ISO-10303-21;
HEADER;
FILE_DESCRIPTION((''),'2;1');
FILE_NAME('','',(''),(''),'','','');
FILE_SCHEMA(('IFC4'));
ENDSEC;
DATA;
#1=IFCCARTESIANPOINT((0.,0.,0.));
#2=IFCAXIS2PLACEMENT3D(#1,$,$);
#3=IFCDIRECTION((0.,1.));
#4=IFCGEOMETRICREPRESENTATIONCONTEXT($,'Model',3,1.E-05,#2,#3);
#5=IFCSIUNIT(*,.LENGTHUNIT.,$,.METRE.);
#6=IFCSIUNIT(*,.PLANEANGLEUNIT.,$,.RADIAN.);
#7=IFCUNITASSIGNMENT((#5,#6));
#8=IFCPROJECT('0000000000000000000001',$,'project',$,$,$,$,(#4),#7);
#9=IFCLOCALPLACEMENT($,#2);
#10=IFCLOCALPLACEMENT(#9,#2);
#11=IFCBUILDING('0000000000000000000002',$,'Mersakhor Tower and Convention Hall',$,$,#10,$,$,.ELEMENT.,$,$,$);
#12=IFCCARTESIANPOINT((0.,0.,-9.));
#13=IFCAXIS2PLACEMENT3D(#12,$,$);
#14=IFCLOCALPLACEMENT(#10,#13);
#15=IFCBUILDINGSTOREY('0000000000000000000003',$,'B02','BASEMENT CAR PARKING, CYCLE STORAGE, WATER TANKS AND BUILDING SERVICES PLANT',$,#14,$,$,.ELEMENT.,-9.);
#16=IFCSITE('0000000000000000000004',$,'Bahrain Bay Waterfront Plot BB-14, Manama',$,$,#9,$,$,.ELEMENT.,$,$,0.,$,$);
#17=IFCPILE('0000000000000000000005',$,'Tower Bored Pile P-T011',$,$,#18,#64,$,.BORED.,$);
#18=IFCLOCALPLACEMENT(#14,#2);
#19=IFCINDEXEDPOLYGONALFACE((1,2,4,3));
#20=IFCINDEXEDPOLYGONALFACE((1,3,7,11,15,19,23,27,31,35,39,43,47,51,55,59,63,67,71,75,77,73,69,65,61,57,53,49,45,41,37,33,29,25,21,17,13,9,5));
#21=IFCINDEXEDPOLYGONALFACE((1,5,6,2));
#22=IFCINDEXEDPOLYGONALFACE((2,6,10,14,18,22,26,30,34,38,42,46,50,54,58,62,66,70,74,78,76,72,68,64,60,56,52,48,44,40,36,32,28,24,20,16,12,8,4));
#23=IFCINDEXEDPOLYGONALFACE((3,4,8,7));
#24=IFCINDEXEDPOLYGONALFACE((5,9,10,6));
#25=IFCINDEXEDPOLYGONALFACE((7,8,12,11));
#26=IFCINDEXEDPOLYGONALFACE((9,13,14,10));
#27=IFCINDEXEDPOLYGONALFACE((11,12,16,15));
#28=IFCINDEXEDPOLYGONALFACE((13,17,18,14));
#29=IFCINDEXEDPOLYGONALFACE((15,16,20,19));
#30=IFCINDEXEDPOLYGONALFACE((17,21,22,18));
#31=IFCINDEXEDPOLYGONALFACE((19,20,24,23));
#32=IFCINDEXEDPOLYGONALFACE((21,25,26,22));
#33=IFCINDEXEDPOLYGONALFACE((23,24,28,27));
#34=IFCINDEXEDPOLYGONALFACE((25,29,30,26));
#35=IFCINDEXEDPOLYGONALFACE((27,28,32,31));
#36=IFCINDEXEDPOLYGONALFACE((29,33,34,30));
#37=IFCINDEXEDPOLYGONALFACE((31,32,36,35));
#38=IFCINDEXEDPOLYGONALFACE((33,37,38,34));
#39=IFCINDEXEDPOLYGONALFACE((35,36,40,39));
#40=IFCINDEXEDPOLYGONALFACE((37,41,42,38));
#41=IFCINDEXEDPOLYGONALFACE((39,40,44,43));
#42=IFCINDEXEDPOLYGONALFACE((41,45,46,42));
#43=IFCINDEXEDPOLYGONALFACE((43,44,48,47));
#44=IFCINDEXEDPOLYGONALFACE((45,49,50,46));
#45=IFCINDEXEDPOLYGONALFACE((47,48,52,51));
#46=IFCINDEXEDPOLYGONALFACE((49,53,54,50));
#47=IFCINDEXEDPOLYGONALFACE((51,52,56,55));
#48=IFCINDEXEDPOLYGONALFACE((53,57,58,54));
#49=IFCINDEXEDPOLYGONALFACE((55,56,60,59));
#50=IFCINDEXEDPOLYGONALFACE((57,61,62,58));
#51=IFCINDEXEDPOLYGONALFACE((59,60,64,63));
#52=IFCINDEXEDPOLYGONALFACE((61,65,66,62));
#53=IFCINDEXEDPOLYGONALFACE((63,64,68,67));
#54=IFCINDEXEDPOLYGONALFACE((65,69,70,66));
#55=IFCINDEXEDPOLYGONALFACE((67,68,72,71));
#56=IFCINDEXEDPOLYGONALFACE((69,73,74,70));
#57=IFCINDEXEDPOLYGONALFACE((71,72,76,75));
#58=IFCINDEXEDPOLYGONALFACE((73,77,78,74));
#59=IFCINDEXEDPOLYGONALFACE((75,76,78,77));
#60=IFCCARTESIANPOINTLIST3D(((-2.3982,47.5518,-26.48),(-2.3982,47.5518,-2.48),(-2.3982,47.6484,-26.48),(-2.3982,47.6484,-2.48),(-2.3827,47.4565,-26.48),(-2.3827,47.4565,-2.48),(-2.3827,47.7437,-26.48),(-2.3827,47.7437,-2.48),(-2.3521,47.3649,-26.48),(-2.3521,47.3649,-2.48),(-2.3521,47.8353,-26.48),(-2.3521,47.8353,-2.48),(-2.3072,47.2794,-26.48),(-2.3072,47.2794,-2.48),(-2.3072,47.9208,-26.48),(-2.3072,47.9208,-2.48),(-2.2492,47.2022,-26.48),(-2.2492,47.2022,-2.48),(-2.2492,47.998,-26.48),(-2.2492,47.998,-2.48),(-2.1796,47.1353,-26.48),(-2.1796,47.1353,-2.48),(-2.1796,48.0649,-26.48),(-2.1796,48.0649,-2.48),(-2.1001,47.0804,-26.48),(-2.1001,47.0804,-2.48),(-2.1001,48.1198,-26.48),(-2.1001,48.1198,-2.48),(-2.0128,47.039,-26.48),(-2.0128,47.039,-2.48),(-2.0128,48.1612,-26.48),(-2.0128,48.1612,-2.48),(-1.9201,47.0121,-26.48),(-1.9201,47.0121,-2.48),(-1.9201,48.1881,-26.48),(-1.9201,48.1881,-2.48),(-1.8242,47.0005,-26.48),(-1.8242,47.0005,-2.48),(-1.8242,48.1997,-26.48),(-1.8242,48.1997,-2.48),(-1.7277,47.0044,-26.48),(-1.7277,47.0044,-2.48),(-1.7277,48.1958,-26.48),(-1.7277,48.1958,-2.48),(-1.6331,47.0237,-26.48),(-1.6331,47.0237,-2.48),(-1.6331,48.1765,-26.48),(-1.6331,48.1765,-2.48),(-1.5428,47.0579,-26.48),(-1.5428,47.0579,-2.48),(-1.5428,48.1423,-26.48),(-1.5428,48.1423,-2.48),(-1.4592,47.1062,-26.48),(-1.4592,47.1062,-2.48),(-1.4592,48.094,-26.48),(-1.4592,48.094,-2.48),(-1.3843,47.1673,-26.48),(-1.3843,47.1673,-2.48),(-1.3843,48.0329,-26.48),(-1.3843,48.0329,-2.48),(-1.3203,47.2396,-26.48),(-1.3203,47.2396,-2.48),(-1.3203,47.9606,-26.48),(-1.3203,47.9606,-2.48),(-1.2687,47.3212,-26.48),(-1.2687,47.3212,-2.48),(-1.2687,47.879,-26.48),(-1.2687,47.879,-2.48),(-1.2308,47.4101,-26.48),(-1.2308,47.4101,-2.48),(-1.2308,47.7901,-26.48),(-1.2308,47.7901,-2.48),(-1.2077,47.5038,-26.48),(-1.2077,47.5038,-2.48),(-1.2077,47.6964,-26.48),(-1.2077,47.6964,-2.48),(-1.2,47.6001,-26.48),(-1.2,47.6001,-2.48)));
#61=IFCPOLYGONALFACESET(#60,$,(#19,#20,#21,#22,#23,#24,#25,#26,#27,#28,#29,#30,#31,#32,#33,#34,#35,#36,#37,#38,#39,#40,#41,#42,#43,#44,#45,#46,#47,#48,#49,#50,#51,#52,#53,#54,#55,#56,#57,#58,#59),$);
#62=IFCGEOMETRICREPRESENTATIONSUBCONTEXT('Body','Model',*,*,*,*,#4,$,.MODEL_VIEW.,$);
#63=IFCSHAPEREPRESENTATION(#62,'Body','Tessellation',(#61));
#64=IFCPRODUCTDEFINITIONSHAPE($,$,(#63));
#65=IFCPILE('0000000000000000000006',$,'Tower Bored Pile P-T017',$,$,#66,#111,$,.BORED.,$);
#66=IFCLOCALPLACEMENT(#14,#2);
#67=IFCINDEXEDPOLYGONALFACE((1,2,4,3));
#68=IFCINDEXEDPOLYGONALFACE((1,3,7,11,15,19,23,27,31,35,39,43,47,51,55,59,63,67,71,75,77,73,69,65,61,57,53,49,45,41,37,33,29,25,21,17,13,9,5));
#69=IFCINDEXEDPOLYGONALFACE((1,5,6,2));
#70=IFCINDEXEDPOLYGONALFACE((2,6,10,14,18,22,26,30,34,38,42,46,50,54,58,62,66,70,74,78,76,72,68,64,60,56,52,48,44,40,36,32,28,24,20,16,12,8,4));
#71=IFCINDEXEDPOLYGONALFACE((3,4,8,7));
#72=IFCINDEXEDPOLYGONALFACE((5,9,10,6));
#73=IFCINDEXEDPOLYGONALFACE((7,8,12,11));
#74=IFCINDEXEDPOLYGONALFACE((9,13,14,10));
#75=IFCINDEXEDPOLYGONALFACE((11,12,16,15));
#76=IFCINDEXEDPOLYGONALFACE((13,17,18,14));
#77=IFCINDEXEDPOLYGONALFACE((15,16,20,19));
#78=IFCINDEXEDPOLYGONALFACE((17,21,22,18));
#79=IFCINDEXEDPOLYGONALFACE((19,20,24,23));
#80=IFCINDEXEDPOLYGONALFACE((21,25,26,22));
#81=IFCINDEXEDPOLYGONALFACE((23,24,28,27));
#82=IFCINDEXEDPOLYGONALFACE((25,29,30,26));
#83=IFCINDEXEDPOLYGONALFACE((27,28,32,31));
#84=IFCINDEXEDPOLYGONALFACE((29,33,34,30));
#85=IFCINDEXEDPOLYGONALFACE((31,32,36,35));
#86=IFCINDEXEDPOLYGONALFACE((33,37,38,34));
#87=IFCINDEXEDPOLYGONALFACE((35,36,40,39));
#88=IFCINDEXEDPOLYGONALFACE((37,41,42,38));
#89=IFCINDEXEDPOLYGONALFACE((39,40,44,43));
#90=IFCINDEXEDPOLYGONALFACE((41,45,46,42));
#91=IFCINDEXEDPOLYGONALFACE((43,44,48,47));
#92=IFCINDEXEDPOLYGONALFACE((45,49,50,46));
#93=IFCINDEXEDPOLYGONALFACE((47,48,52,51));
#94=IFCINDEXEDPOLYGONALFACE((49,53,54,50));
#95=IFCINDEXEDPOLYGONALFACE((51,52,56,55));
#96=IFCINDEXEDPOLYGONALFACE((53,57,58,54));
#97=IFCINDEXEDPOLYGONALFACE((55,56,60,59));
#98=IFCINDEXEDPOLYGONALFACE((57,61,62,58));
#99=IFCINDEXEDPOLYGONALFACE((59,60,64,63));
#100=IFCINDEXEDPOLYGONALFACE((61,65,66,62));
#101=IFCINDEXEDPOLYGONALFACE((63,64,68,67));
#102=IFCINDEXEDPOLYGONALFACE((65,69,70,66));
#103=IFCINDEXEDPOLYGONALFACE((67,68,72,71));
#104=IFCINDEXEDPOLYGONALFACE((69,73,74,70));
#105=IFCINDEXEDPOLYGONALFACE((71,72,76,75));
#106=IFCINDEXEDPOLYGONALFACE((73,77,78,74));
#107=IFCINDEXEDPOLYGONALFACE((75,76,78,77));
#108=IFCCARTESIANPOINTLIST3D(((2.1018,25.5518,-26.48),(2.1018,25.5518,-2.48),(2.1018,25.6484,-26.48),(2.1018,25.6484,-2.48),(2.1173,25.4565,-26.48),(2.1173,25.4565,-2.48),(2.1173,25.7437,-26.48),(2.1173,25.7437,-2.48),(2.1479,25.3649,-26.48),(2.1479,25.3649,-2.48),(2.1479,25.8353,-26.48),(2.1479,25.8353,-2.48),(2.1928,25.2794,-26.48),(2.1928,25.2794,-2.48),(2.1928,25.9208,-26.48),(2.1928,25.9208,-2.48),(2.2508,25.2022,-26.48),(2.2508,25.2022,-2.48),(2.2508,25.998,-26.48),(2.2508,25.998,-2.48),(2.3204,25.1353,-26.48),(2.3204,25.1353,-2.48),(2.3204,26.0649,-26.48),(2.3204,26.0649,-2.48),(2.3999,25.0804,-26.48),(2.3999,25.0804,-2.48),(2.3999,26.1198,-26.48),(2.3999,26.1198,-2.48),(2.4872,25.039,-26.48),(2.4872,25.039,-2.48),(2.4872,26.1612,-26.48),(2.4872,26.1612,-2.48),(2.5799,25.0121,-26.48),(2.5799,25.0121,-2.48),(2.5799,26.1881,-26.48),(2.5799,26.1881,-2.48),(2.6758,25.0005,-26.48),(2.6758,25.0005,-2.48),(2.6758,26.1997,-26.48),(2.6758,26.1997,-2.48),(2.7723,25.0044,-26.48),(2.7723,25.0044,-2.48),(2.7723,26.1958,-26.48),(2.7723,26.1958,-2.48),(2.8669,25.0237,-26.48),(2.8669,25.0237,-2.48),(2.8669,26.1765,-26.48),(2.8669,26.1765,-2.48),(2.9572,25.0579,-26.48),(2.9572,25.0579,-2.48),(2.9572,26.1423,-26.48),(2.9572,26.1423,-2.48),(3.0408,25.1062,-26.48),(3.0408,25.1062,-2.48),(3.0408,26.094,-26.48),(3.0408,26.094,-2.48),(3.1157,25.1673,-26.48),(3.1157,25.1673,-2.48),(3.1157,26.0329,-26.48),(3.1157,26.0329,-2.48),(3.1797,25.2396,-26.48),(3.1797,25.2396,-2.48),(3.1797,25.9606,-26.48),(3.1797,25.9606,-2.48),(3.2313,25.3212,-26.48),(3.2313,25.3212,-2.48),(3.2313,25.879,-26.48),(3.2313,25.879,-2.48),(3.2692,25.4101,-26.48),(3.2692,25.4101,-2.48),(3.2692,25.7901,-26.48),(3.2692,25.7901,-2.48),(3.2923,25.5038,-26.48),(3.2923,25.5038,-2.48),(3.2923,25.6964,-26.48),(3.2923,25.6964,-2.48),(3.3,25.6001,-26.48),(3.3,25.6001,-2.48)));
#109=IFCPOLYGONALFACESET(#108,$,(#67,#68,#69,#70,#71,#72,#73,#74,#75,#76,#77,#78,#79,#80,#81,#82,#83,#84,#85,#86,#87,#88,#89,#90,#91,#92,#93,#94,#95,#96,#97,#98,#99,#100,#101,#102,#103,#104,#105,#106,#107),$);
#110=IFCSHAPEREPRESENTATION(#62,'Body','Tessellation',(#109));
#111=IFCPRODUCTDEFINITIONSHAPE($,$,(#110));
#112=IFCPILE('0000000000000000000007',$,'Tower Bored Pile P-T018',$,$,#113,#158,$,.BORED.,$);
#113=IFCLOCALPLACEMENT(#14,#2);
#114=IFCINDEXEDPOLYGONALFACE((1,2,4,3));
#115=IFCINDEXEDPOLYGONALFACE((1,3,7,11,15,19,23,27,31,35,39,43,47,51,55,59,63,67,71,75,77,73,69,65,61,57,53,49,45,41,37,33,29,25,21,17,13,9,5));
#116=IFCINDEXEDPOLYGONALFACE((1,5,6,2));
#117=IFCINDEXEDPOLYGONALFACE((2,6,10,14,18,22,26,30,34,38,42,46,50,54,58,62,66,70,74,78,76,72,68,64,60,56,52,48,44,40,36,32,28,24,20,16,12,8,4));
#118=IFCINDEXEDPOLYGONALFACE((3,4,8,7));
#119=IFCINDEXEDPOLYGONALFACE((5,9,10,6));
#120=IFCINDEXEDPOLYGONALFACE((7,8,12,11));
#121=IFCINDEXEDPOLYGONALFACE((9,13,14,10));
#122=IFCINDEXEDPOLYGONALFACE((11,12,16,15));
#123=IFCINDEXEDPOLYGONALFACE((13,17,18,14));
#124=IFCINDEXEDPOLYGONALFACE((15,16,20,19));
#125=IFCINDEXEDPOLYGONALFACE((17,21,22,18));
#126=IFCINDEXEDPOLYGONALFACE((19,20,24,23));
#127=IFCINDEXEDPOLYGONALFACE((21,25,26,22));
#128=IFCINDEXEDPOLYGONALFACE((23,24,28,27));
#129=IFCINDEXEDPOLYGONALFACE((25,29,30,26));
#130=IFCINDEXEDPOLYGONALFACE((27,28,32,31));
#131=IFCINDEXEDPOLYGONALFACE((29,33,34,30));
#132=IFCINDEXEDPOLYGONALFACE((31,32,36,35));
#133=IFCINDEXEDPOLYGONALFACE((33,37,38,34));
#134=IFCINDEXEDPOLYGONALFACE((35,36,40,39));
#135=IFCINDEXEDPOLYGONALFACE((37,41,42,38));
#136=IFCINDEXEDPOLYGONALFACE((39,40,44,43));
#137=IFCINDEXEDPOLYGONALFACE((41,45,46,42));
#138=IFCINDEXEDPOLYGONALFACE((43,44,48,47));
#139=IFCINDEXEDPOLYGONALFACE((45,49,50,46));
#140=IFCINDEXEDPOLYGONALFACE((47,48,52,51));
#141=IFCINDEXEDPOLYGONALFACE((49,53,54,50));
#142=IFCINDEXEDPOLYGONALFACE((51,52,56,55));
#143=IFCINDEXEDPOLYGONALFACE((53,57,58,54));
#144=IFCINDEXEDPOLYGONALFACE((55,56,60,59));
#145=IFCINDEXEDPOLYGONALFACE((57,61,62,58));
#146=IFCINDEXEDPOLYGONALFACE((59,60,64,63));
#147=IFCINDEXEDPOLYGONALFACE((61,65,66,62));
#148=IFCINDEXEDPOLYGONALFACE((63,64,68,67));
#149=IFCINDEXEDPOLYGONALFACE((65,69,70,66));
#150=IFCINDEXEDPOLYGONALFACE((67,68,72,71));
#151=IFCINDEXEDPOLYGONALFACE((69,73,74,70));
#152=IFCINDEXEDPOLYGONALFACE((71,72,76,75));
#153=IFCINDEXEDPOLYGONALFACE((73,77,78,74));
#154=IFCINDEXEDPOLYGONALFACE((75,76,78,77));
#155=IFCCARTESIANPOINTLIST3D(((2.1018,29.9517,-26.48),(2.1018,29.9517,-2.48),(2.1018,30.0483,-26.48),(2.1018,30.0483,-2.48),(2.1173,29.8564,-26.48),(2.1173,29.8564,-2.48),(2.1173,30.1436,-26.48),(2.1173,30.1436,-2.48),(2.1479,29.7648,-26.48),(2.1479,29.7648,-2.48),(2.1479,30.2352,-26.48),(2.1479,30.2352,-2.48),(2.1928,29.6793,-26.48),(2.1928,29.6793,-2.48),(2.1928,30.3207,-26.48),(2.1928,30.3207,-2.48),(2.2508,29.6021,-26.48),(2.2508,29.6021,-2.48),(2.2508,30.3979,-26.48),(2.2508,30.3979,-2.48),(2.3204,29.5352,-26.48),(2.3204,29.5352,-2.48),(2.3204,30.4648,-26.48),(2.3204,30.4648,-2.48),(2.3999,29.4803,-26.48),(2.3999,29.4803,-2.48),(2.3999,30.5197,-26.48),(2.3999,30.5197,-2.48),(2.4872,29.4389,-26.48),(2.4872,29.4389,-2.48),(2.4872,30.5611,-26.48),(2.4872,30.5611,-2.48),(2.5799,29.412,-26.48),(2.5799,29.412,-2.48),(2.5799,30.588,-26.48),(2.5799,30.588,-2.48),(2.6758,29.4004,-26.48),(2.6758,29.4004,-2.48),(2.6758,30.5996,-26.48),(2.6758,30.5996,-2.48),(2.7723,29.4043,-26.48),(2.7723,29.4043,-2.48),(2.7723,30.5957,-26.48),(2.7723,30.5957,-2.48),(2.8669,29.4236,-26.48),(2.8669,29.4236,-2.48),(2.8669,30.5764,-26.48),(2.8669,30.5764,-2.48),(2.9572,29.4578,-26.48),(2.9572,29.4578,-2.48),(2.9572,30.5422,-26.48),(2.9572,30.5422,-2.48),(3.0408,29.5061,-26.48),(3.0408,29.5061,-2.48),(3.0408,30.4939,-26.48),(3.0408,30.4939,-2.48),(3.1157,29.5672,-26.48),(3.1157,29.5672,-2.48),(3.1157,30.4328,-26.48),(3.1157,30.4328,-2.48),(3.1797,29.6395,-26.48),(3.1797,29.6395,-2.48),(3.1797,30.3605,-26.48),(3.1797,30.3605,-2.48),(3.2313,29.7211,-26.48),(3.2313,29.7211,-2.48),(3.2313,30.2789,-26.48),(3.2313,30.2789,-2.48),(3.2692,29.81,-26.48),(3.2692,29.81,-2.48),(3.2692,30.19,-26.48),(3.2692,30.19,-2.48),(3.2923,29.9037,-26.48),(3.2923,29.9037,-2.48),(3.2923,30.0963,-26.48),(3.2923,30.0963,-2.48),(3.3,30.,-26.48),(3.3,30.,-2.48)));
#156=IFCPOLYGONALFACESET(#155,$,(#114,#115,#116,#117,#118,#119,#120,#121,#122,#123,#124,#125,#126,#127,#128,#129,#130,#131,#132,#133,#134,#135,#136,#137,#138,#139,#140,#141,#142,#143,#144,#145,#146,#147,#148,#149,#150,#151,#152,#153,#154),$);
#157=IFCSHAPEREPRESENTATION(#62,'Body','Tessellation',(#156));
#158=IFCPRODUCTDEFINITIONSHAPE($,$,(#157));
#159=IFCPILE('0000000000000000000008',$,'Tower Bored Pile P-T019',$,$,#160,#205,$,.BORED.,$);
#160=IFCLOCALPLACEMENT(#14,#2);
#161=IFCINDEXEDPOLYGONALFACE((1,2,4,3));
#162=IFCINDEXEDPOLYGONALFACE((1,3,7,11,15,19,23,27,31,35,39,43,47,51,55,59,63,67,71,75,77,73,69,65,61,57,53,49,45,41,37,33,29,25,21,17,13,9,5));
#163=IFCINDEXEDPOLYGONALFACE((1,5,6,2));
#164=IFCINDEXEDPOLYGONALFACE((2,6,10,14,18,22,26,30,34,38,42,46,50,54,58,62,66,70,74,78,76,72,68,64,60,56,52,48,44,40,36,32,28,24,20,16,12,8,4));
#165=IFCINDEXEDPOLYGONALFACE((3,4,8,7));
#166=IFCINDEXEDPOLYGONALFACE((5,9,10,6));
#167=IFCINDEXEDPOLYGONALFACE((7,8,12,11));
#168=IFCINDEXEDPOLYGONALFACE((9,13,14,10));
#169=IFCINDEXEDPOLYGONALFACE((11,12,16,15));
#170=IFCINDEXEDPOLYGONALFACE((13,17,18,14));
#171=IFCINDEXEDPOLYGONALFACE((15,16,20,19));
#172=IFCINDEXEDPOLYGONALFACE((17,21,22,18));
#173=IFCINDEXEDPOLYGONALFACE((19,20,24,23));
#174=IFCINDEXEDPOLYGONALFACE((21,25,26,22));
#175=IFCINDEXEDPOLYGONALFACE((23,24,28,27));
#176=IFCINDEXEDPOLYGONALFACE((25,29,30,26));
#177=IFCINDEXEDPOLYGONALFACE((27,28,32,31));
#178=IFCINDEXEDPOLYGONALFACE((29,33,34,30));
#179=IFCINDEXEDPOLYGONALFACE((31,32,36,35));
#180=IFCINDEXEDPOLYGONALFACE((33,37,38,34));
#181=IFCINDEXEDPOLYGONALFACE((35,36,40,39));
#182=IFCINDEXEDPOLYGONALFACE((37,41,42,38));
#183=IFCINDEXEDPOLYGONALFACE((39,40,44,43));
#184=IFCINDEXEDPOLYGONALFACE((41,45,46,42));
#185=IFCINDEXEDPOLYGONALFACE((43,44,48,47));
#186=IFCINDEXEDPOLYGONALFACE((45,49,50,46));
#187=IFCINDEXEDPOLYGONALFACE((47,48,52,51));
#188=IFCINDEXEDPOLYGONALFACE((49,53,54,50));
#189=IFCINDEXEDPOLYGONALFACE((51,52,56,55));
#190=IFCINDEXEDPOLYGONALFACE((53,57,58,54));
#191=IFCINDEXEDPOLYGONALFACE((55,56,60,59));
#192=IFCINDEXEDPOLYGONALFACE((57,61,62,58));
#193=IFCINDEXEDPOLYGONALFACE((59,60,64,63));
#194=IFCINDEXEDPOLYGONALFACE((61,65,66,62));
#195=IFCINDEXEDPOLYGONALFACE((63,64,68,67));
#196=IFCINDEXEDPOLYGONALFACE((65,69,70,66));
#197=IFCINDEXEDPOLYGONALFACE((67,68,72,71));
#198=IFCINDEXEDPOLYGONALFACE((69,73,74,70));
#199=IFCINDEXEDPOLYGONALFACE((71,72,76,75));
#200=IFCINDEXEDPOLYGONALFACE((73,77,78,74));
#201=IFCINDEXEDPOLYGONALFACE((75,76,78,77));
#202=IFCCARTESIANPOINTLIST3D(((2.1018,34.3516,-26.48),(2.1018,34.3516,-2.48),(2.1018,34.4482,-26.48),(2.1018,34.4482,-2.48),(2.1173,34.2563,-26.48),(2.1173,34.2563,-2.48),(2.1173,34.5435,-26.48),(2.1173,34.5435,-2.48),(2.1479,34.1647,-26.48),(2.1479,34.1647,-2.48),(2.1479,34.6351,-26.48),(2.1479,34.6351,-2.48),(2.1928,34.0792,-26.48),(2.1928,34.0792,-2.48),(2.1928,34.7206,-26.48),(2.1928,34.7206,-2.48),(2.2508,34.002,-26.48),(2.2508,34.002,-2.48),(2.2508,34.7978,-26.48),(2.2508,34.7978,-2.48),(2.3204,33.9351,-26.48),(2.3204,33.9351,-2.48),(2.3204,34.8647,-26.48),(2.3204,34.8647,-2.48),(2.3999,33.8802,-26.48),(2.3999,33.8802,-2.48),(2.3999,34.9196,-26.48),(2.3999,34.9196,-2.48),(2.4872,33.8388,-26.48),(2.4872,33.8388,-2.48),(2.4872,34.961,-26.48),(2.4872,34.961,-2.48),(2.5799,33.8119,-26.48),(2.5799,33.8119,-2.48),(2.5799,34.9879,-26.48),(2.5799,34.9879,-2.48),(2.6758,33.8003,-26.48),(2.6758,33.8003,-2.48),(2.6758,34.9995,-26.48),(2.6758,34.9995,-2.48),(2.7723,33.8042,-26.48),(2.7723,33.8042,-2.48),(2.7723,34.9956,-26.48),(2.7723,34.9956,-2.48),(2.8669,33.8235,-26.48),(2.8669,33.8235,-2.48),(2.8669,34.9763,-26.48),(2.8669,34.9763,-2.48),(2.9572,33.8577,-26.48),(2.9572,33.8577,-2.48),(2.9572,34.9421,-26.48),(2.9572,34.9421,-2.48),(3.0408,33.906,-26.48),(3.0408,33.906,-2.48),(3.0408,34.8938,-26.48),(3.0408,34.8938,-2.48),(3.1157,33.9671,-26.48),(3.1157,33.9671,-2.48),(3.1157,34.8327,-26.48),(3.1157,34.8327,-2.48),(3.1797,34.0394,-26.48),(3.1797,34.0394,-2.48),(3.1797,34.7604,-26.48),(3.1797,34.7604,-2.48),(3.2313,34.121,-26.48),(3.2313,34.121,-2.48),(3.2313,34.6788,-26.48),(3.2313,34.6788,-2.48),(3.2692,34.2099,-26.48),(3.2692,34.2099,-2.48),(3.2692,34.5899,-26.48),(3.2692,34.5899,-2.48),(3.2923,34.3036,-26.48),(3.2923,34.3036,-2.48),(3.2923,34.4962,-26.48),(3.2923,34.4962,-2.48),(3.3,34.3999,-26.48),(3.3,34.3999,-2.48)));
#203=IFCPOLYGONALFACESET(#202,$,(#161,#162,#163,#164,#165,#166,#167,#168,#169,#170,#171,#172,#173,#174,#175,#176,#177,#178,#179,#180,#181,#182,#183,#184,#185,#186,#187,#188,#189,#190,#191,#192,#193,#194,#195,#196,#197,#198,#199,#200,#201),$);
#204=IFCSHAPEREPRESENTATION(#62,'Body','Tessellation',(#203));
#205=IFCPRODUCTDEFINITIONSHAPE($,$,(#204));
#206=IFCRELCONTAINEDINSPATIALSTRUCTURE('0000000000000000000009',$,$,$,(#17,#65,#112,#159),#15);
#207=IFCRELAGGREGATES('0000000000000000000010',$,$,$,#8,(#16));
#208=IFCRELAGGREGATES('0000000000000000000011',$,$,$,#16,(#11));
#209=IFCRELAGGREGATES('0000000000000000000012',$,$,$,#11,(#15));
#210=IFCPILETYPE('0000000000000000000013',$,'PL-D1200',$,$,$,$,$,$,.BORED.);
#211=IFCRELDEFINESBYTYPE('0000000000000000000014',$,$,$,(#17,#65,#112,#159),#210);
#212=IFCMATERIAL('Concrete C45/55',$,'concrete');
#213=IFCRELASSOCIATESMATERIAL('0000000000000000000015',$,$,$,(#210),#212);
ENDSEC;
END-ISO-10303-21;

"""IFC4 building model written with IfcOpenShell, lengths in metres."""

from ifc_helpers import new_model, si_unit, direction, frame, origin, origin_2d, place, context, subcontext, project, spatial, circle, extrude, material, material_profile, profile_set, type_object, element, save


model = new_model("IFC4")

# Units and contexts
model_context = context("Model", 3, precision=1e-05, world=origin(), true_north=direction((0.0, 1.0)))
body_context = subcontext(model_context, "Body", "Model", "MODEL_VIEW")
ifc_project = project(units=[si_unit("LENGTHUNIT", "METRE"), si_unit("PLANEANGLEUNIT", "RADIAN")], contexts=[model_context])

# Site, building, storey
site_placement = place(None, origin())
site = spatial("IfcSite", under=ifc_project, at=site_placement, Name="Bahrain Bay Waterfront Plot BB-14, Manama", CompositionType="ELEMENT", RefElevation=0.0)
building_placement = place(site_placement, origin())
building = spatial("IfcBuilding", under=site, at=building_placement, Name="Mersakhor Tower and Convention Hall", CompositionType="ELEMENT")
storey_placement = place(building_placement, frame((0.0, 0.0, -9.0)))
storey = spatial("IfcBuildingStorey", under=building, at=storey_placement, Name="B02", Description="BASEMENT CAR PARKING, CYCLE STORAGE, WATER TANKS AND BUILDING SERVICES PLANT", CompositionType="ELEMENT", Elevation=-9.0)

# Piles
ifc_material_1 = material(Name="Concrete C45/55", Category="concrete")
ifc_material_profile_1 = material_profile(ifc_material_1, circle(Radius=0.6001, at=origin_2d()), Name="PILE D1200")
ifc_profile_set_1 = profile_set([ifc_material_profile_1], Name="Concrete C45/55")
pile_type = type_object("IfcPileType", Name="PL-D1200", PredefinedType="BORED", material=ifc_profile_set_1)
for number, where, z_axis, x_axis, name in (
    (1, (-1.8, 47.6001, -2.48), (0.0, 0.0, -1.0), (1.0, 0.0, 0.0), "Tower Bored Pile P-T011"),
    (2, (2.7, 25.6001, -2.48), (0.0, 0.0, -1.0), (1.0, 0.0, 0.0), "Tower Bored Pile P-T017"),
    (3, (2.7, 30.0, -2.48), (0.0, 0.0, -1.0), (1.0, 0.0, 0.0), "Tower Bored Pile P-T018"),
    (4, (2.7, 34.3999, -2.48), (0.0, 0.0, -1.0), (1.0, 0.0, 0.0), "Tower Bored Pile P-T019"),
):
    element("IfcPile", number, at=place(storey_placement, frame(where, z_axis=z_axis, x_axis=x_axis)), inside=storey, type_object=pile_type, Name=name, PredefinedType="BORED", context=body_context, shape_type="SweptSolid", body=[
        extrude(circle(Radius=0.6001, at=origin_2d()), origin(), (0.0, 0.0, 1.0), 24.0),
    ])

save(model, "model.ifc")
